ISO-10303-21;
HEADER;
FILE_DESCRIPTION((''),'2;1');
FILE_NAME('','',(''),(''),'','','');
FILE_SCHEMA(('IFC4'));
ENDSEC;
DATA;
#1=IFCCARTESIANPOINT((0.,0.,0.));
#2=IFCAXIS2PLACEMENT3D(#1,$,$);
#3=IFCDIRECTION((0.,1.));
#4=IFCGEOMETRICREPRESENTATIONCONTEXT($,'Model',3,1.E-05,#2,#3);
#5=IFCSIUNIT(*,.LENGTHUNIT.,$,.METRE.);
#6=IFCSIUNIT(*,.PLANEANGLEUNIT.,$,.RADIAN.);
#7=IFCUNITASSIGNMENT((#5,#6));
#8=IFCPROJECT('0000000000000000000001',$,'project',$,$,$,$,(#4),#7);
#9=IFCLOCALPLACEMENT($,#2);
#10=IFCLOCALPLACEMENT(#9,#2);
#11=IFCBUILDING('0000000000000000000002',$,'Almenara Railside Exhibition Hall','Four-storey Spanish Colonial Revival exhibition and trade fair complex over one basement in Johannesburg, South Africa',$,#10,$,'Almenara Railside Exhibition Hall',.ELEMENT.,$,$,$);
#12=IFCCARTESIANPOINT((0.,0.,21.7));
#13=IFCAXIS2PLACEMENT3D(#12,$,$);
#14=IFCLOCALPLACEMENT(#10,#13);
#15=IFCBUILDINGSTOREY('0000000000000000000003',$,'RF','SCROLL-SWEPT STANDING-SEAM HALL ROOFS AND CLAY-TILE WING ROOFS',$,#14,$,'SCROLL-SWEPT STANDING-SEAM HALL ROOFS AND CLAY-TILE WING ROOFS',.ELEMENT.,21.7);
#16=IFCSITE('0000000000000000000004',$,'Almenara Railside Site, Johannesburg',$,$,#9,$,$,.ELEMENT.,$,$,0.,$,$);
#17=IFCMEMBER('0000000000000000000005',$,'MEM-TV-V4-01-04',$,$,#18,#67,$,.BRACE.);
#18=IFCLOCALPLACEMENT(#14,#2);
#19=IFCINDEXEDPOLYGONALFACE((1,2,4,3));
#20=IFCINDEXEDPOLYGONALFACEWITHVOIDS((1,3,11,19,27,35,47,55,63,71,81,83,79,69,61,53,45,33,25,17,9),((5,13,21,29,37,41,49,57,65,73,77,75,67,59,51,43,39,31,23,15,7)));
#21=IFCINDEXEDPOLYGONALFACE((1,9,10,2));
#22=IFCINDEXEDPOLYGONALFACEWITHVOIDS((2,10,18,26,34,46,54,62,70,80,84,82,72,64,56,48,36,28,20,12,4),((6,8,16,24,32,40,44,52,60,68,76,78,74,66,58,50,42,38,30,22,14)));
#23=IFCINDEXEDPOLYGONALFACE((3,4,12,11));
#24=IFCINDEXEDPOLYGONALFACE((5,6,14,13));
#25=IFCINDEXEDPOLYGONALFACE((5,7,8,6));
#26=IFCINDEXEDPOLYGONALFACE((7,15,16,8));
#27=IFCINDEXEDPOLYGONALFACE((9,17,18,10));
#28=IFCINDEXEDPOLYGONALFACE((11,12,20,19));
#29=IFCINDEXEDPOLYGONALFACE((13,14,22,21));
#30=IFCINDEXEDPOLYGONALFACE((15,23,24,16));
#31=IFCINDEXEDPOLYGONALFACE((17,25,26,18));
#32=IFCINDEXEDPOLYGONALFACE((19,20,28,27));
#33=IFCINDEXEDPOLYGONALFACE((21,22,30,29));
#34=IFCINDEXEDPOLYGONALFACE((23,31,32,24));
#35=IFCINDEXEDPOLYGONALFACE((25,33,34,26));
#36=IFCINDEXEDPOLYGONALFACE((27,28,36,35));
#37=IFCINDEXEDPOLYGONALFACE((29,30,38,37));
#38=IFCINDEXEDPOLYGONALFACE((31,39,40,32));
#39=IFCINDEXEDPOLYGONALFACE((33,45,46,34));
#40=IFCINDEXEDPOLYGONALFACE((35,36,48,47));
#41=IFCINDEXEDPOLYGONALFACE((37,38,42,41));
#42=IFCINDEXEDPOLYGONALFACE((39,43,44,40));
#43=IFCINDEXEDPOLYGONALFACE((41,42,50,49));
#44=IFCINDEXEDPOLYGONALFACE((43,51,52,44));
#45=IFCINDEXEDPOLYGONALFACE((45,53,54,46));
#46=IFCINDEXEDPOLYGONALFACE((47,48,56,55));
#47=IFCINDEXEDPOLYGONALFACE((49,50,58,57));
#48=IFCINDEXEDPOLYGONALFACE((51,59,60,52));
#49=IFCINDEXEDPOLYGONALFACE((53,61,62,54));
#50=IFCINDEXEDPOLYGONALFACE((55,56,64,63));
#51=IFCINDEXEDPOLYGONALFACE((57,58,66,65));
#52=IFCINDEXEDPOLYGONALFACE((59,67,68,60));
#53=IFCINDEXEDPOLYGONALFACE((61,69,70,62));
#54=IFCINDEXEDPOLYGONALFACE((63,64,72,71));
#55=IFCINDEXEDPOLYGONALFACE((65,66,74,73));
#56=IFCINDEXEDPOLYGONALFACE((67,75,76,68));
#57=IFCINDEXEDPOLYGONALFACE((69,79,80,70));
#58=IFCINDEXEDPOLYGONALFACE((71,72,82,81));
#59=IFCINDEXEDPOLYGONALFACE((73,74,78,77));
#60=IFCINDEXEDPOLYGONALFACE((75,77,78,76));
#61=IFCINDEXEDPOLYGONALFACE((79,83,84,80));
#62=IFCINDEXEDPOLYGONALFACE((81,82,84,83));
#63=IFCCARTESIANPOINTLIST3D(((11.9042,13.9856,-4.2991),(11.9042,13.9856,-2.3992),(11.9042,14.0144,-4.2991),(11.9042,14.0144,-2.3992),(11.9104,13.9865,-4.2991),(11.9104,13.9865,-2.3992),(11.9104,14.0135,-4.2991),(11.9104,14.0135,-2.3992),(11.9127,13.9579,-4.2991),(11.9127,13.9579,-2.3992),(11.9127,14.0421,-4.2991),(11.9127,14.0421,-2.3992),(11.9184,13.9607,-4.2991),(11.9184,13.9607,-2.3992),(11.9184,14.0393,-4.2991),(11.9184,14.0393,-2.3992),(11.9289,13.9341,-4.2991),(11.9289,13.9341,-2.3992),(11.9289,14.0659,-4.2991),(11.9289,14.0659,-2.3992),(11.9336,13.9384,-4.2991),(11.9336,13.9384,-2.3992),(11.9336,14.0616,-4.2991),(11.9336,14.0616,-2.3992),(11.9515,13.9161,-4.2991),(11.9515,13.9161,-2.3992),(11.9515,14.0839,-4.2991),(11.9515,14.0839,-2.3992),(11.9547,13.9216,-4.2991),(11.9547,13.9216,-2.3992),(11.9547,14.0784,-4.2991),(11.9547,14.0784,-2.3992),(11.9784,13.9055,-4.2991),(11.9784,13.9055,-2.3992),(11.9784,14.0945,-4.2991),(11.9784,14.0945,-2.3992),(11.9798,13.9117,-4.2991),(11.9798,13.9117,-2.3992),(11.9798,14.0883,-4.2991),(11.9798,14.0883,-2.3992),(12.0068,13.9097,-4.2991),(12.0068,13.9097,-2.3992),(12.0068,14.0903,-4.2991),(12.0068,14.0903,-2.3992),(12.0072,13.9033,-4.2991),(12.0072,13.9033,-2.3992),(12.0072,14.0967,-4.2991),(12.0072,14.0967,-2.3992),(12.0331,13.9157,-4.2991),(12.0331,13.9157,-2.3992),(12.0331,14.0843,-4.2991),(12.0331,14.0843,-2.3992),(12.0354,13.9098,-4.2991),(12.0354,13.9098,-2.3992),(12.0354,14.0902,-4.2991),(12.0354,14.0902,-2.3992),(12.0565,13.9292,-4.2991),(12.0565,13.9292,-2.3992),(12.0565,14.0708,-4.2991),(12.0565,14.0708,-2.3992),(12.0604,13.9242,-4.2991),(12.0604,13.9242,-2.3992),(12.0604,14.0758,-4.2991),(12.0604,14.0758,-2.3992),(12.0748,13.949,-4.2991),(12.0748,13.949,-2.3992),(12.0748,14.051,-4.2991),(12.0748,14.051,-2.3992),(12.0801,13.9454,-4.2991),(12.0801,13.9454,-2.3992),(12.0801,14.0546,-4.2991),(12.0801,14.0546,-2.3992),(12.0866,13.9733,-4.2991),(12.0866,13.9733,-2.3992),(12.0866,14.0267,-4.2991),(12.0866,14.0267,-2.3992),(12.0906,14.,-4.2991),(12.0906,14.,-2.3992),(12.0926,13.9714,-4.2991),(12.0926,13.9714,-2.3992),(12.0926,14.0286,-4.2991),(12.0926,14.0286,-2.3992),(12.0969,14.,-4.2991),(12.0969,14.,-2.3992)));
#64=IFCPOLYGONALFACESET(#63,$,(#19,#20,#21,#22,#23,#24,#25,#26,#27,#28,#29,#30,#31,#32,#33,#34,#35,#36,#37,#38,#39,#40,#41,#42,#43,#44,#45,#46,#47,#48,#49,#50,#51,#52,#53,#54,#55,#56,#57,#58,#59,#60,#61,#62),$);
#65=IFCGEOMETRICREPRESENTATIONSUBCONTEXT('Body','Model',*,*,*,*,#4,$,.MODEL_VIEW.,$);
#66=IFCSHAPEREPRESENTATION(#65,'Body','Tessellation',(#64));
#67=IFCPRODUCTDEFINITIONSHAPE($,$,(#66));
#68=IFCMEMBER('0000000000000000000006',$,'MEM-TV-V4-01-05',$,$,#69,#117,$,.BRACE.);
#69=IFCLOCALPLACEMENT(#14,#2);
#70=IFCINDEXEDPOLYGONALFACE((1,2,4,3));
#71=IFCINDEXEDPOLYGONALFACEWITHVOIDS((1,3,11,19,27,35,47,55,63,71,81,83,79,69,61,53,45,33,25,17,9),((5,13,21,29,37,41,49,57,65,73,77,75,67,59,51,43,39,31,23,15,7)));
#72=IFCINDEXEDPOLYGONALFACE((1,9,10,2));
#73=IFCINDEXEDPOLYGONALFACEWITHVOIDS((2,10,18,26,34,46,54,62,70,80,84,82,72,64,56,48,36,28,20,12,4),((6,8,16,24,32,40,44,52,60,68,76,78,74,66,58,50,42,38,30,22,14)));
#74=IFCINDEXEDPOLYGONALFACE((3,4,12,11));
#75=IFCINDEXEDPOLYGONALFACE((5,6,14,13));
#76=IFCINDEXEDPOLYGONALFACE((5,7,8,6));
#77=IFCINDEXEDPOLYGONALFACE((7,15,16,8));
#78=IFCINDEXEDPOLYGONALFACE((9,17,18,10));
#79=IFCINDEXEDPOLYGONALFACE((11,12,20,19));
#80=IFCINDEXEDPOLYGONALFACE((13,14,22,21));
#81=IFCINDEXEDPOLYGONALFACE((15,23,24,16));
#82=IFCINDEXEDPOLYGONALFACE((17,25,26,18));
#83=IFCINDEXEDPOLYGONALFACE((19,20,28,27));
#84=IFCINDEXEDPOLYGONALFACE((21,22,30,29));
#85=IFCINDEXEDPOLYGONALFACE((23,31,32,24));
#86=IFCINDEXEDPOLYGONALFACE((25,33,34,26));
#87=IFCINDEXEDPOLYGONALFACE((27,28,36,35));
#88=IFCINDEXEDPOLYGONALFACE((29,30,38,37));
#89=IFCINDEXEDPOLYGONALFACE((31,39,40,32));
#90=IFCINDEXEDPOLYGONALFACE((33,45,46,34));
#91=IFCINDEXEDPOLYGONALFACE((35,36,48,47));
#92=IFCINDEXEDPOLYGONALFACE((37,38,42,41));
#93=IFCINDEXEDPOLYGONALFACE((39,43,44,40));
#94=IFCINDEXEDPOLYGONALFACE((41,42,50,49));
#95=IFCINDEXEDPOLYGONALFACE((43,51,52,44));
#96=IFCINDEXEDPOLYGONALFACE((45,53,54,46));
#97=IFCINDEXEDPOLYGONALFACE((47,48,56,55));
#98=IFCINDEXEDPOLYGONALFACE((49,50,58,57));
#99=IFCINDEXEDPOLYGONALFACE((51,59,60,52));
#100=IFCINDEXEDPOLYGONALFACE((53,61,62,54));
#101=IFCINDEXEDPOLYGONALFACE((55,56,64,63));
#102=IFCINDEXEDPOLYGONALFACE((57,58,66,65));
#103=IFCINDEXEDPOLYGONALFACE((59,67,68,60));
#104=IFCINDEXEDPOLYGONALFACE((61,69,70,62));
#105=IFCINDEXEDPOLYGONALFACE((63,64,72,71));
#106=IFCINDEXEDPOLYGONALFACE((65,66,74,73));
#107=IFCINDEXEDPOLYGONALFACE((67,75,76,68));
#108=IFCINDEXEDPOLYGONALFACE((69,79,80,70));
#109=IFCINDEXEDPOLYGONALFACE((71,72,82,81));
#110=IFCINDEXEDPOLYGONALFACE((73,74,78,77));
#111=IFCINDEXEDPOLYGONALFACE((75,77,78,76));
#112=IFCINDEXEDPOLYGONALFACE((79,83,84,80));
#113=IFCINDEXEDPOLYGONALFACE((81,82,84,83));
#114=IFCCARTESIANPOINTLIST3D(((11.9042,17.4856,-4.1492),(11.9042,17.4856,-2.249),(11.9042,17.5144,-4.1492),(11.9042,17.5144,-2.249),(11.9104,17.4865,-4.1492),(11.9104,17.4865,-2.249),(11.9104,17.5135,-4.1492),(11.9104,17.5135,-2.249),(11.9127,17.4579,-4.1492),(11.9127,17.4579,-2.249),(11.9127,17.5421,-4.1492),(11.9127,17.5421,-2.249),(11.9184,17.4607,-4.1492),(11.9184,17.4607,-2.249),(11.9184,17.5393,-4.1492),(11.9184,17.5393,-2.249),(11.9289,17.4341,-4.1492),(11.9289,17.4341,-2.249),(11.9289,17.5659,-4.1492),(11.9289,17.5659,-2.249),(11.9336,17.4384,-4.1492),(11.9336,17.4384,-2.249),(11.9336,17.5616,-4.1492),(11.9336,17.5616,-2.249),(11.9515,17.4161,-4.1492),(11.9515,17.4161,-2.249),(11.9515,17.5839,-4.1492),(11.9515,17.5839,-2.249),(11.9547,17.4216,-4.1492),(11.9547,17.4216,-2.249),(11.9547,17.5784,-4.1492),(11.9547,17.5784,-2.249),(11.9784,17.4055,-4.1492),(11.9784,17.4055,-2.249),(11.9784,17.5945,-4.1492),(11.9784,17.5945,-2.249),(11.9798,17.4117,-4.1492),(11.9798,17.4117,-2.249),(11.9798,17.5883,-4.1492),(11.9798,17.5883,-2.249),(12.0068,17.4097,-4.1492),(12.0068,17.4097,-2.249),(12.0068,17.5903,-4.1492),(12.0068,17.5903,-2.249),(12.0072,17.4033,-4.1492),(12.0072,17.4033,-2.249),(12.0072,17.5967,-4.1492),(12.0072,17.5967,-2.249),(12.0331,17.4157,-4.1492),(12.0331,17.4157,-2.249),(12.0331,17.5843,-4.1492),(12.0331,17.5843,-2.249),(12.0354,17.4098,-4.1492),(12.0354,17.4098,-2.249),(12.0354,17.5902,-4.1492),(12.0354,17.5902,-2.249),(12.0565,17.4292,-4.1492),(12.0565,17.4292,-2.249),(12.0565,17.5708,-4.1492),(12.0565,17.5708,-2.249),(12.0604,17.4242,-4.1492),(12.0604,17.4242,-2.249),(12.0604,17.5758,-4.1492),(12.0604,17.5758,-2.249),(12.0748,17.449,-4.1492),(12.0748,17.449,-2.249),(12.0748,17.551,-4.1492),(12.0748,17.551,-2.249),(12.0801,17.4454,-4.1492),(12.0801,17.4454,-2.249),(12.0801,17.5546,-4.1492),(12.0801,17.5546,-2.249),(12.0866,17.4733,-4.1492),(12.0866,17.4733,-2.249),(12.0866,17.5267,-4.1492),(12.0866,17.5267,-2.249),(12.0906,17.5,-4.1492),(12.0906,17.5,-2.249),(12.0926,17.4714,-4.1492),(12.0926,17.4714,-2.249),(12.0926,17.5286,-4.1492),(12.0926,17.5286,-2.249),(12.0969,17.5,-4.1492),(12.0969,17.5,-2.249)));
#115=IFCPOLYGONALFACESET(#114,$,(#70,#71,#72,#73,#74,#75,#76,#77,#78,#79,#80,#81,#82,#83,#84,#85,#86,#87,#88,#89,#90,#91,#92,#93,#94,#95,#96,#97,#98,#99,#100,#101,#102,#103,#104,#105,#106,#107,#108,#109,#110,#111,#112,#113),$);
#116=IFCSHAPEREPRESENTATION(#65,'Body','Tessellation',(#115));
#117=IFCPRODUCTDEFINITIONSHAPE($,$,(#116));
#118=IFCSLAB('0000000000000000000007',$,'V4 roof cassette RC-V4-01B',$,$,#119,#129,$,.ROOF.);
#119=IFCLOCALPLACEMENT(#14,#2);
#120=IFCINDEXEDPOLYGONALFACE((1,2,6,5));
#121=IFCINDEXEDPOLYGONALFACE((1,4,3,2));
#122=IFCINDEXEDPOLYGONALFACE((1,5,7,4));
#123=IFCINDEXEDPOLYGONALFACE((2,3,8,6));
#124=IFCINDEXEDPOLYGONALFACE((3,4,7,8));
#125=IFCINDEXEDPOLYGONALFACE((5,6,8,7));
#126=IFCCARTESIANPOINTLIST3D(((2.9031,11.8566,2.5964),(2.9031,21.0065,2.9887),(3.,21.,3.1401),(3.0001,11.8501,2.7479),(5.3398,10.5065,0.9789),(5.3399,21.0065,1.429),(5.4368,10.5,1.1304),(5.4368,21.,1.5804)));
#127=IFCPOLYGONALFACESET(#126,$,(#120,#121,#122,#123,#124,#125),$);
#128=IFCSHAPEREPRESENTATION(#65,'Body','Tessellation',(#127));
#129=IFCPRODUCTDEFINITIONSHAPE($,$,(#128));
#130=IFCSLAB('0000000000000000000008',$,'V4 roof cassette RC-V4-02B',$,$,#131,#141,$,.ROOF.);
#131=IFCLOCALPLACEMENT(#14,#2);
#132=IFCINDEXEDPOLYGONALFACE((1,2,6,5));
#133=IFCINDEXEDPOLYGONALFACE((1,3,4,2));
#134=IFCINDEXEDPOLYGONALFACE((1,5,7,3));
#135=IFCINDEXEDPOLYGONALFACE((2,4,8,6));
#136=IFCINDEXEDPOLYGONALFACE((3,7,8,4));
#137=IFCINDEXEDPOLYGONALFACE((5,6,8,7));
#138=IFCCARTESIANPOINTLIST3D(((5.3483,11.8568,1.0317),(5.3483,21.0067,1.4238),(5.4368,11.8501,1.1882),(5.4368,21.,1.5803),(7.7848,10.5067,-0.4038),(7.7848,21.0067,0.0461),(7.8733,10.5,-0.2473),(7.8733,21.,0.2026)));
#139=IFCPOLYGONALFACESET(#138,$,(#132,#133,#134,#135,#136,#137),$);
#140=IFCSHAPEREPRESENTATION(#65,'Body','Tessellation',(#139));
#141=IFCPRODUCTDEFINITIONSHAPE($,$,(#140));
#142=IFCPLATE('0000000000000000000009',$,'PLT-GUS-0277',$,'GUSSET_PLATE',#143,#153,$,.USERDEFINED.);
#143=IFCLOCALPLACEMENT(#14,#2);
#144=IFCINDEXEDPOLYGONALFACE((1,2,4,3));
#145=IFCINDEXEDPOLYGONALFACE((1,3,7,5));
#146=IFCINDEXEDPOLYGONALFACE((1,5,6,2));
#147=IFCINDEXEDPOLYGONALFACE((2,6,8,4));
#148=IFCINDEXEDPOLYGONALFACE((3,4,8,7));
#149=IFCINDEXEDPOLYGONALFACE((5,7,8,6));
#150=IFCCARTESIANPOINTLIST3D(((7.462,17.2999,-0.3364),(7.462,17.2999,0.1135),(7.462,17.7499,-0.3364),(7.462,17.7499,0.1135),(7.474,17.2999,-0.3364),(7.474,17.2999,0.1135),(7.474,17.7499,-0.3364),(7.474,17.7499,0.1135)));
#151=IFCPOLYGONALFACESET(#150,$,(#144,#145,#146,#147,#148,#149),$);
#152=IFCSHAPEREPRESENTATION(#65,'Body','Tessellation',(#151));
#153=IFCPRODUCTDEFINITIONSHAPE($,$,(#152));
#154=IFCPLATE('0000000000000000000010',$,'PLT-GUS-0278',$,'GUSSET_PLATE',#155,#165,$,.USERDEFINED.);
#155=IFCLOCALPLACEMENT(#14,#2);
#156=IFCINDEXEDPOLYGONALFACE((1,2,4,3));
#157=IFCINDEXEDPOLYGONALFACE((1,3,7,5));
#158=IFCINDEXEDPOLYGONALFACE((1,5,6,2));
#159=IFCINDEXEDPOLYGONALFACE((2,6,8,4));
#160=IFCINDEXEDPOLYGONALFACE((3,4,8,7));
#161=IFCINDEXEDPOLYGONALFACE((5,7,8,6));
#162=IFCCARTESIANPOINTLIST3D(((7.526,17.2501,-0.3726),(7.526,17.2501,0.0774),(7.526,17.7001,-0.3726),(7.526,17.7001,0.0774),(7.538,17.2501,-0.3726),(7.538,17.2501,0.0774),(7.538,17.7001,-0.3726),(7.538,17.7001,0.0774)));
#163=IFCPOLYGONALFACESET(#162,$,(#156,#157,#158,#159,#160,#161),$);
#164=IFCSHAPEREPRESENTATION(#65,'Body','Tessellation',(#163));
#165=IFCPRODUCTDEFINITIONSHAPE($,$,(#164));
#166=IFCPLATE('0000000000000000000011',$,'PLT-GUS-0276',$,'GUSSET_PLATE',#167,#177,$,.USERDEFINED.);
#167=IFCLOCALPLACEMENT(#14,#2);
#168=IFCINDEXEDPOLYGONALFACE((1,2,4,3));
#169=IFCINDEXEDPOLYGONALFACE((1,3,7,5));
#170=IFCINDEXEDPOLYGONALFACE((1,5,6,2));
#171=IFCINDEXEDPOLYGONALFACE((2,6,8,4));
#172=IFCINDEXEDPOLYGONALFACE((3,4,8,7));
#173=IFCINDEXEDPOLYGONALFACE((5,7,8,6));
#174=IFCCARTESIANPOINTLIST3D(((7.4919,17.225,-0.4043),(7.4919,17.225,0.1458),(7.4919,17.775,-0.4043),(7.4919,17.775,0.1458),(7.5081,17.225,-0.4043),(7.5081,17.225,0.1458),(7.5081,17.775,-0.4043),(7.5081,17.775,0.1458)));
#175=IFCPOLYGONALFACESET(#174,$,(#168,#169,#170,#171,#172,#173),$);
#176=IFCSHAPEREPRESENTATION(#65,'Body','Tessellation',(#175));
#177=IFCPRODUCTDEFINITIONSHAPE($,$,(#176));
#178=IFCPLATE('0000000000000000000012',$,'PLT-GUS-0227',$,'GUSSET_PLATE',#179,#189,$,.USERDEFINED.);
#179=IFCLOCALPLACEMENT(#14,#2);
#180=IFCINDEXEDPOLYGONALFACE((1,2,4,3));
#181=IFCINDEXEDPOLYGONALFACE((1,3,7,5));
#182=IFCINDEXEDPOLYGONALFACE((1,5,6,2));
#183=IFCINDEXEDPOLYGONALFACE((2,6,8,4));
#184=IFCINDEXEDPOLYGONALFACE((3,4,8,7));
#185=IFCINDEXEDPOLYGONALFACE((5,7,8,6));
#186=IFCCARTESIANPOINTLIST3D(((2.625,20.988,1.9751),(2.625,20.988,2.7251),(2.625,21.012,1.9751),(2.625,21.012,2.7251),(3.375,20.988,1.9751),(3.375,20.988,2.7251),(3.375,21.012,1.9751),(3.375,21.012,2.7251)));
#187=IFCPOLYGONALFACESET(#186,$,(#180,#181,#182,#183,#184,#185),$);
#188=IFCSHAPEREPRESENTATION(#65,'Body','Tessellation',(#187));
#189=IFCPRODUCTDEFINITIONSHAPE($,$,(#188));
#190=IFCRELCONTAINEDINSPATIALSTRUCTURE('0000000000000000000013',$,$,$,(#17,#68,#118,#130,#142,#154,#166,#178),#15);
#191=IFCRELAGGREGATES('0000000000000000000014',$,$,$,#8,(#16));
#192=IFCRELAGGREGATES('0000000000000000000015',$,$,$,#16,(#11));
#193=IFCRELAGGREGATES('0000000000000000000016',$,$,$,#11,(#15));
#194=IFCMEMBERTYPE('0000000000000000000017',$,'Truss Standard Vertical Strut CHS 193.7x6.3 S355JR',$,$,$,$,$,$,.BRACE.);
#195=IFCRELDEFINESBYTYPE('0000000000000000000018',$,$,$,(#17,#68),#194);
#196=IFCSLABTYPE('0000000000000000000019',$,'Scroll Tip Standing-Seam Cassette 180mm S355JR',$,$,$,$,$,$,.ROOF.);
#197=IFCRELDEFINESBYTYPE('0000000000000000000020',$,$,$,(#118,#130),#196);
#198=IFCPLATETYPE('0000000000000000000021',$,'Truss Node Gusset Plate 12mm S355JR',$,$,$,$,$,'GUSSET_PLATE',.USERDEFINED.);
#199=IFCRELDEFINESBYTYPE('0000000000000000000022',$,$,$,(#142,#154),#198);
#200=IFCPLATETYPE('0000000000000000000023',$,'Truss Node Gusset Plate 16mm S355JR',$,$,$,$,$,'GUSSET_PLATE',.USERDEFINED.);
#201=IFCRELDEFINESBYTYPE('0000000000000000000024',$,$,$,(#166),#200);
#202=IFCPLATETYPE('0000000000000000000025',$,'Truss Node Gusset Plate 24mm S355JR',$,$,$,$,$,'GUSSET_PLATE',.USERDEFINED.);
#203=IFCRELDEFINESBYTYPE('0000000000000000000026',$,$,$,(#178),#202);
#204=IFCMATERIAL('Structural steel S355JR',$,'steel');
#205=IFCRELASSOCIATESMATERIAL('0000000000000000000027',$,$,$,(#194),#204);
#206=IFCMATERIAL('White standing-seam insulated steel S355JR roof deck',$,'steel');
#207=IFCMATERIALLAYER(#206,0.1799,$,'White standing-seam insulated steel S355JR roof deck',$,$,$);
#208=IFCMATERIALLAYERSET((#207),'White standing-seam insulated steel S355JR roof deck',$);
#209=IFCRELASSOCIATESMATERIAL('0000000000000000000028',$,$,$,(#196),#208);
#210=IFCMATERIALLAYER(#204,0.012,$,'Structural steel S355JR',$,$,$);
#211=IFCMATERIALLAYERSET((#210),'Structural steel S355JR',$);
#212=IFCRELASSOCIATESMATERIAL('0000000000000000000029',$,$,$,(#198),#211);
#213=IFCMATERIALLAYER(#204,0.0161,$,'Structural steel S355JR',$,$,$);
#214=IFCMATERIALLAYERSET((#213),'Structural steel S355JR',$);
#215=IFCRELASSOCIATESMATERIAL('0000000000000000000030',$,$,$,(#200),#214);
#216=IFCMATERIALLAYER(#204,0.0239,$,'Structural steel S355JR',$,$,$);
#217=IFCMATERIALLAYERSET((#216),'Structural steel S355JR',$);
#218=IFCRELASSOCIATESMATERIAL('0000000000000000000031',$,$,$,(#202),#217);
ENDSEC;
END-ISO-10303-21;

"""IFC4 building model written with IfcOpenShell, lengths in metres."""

from ifc_helpers import new_model, si_unit, direction, frame, origin, origin_2d, place, context, subcontext, project, spatial, polyline, rectangle, hollow_circle, outline, extrude, material, layer, layer_set, material_profile, profile_set, type_object, element, save


model = new_model("IFC4")

# Units and contexts
model_context = context("Model", 3, precision=1e-05, world=origin(), true_north=direction((0.0, 1.0)))
body_context = subcontext(model_context, "Body", "Model", "MODEL_VIEW")
ifc_project = project(units=[si_unit("LENGTHUNIT", "METRE"), si_unit("PLANEANGLEUNIT", "RADIAN")], contexts=[model_context])

# Site, building, storey
site_placement = place(None, origin())
site = spatial("IfcSite", under=ifc_project, at=site_placement, Name="Almenara Railside Site, Johannesburg", CompositionType="ELEMENT", RefElevation=0.0)
building_placement = place(site_placement, origin())
building = spatial("IfcBuilding", under=site, at=building_placement, Name="Almenara Railside Exhibition Hall", Description="Four-storey Spanish Colonial Revival exhibition and trade fair complex over one basement in Johannesburg, South Africa", LongName="Almenara Railside Exhibition Hall", CompositionType="ELEMENT")
storey_placement = place(building_placement, frame((0.0, 0.0, 21.7)))
storey = spatial("IfcBuildingStorey", under=building, at=storey_placement, Name="RF", Description="SCROLL-SWEPT STANDING-SEAM HALL ROOFS AND CLAY-TILE WING ROOFS", LongName="SCROLL-SWEPT STANDING-SEAM HALL ROOFS AND CLAY-TILE WING ROOFS", CompositionType="ELEMENT", Elevation=21.7)

# Members
ifc_material_1 = material(Name="Structural steel S355JR", Category="steel")
ifc_material_profile_1 = material_profile(ifc_material_1, hollow_circle(Radius=0.0969, WallThickness=0.0063, at=origin_2d()), Name="CHS 193.7x6.3")
ifc_profile_set_1 = profile_set([ifc_material_profile_1], Name="Structural steel S355JR")
member_type_1 = type_object("IfcMemberType", Name="Truss Standard Vertical Strut CHS 193.7x6.3 S355JR", PredefinedType="BRACE", material=ifc_profile_set_1)
member_1_placement = place(storey_placement, frame((12.0, 14.0, -4.2991), z_axis=(0.0, 0.0, 1.0), x_axis=(1.0, 0.0, 0.0)))
element("IfcMember", 1, at=member_1_placement, inside=storey, type_object=member_type_1, Name="MEM-TV-V4-01-04", PredefinedType="BRACE", context=body_context, shape_type="SweptSolid", body=[
    extrude(hollow_circle(Radius=0.0969, WallThickness=0.0063, at=origin_2d()), origin(), (0.0, 0.0, 1.0), 1.8999),
])
member_2_placement = place(storey_placement, frame((12.0, 17.5, -4.1492), z_axis=(0.0, 0.0, 1.0), x_axis=(1.0, 0.0, 0.0)))
element("IfcMember", 2, at=member_2_placement, inside=storey, type_object=member_type_1, Name="MEM-TV-V4-01-05", PredefinedType="BRACE", context=body_context, shape_type="SweptSolid", body=[
    extrude(hollow_circle(Radius=0.0969, WallThickness=0.0063, at=origin_2d()), origin(), (0.0, 0.0, 1.0), 1.9001),
])

# Slabs
ifc_material_2 = material(Name="White standing-seam insulated steel S355JR roof deck", Category="steel")
ifc_layer_1 = layer(ifc_material_2, 0.1799, Name="White standing-seam insulated steel S355JR roof deck")
ifc_layer_set_1 = layer_set([ifc_layer_1], Name="White standing-seam insulated steel S355JR roof deck")
slab_type = type_object("IfcSlabType", Name="Scroll Tip Standing-Seam Cassette 180mm S355JR", PredefinedType="ROOF", material=ifc_layer_set_1)
slab_1_placement = place(storey_placement, frame((3.0, 21.0, 3.1401), z_axis=(0.538741, -0.036079, 0.841699), x_axis=(0.842247, -0.000001, -0.539092)))
element("IfcSlab", 3, at=slab_1_placement, inside=storey, type_object=slab_type, Name="V4 roof cassette RC-V4-01B", PredefinedType="ROOF", context=body_context, shape_type="SweptSolid", body=[
    extrude(outline(polyline([(0.0, 0.0), (2.8932, 0.0), (3.1358, -10.5068), (0.2115, -9.1559), (0.0, 0.0)])), origin(), (0.0, 0.0, -1.0), 0.1799),
])
slab_2_placement = place(storey_placement, frame((5.4368, 21.0, 1.5803), z_axis=(0.491857, -0.037276, 0.869878), x_axis=(0.870483, 0.0, -0.492199)))
element("IfcSlab", 4, at=slab_2_placement, inside=storey, type_object=slab_type, Name="V4 roof cassette RC-V4-02B", PredefinedType="ROOF", context=body_context, shape_type="SweptSolid", body=[
    extrude(outline(polyline([(0.0, 0.0), (2.799, 0.0), (3.0205, -10.5073), (0.193, -9.1563), (0.0, 0.0)])), origin(), (0.0, 0.0, -1.0), 0.1799),
])

# Plates
ifc_layer_2 = layer(ifc_material_1, 0.012, Name="Structural steel S355JR")
ifc_layer_set_2 = layer_set([ifc_layer_2], Name="Structural steel S355JR")
plate_type_1 = type_object("IfcPlateType", Name="Truss Node Gusset Plate 12mm S355JR", ElementType="GUSSET_PLATE", PredefinedType="USERDEFINED", material=ifc_layer_set_2)
for number, where, z_axis, x_axis, name in (
    (5, (7.468, 17.5249, -0.3364), (0.0, 0.0, 1.0), (0.0, 1.0, 0.0), "PLT-GUS-0277"),
    (6, (7.532, 17.4751, -0.3726), (0.0, 0.0, 1.0), (0.0, 1.0, 0.0), "PLT-GUS-0278"),
):
    element("IfcPlate", number, at=place(storey_placement, frame(where, z_axis=z_axis, x_axis=x_axis)), inside=storey, type_object=plate_type_1, Name=name, ObjectType="GUSSET_PLATE", PredefinedType="USERDEFINED", context=body_context, shape_type="SweptSolid", body=[
        extrude(rectangle(XDim=0.45, YDim=0.012, at=origin_2d()), origin(), (0.0, 0.0, 1.0), 0.45),
    ])
ifc_layer_3 = layer(ifc_material_1, 0.0161, Name="Structural steel S355JR")
ifc_layer_set_3 = layer_set([ifc_layer_3], Name="Structural steel S355JR")
plate_type_2 = type_object("IfcPlateType", Name="Truss Node Gusset Plate 16mm S355JR", ElementType="GUSSET_PLATE", PredefinedType="USERDEFINED", material=ifc_layer_set_3)
plate_1_placement = place(storey_placement, frame((7.5, 17.5, -0.4043), z_axis=(0.0, 0.0, 1.0), x_axis=(0.0, 1.0, 0.0)))
element("IfcPlate", 7, at=plate_1_placement, inside=storey, type_object=plate_type_2, Name="PLT-GUS-0276", ObjectType="GUSSET_PLATE", PredefinedType="USERDEFINED", context=body_context, shape_type="SweptSolid", body=[
    extrude(rectangle(XDim=0.55, YDim=0.0161, at=origin_2d()), origin(), (0.0, 0.0, 1.0), 0.55),
])
ifc_layer_4 = layer(ifc_material_1, 0.0239, Name="Structural steel S355JR")
ifc_layer_set_4 = layer_set([ifc_layer_4], Name="Structural steel S355JR")
plate_type_3 = type_object("IfcPlateType", Name="Truss Node Gusset Plate 24mm S355JR", ElementType="GUSSET_PLATE", PredefinedType="USERDEFINED", material=ifc_layer_set_4)
plate_2_placement = place(storey_placement, frame((3.0, 21.0, 1.9751), z_axis=(0.0, 0.0, 1.0), x_axis=(1.0, 0.0, 0.0)))
element("IfcPlate", 8, at=plate_2_placement, inside=storey, type_object=plate_type_3, Name="PLT-GUS-0227", ObjectType="GUSSET_PLATE", PredefinedType="USERDEFINED", context=body_context, shape_type="SweptSolid", body=[
    extrude(rectangle(XDim=0.75, YDim=0.0239, at=origin_2d()), origin(), (0.0, 0.0, 1.0), 0.75),
])

save(model, "model.ifc")
